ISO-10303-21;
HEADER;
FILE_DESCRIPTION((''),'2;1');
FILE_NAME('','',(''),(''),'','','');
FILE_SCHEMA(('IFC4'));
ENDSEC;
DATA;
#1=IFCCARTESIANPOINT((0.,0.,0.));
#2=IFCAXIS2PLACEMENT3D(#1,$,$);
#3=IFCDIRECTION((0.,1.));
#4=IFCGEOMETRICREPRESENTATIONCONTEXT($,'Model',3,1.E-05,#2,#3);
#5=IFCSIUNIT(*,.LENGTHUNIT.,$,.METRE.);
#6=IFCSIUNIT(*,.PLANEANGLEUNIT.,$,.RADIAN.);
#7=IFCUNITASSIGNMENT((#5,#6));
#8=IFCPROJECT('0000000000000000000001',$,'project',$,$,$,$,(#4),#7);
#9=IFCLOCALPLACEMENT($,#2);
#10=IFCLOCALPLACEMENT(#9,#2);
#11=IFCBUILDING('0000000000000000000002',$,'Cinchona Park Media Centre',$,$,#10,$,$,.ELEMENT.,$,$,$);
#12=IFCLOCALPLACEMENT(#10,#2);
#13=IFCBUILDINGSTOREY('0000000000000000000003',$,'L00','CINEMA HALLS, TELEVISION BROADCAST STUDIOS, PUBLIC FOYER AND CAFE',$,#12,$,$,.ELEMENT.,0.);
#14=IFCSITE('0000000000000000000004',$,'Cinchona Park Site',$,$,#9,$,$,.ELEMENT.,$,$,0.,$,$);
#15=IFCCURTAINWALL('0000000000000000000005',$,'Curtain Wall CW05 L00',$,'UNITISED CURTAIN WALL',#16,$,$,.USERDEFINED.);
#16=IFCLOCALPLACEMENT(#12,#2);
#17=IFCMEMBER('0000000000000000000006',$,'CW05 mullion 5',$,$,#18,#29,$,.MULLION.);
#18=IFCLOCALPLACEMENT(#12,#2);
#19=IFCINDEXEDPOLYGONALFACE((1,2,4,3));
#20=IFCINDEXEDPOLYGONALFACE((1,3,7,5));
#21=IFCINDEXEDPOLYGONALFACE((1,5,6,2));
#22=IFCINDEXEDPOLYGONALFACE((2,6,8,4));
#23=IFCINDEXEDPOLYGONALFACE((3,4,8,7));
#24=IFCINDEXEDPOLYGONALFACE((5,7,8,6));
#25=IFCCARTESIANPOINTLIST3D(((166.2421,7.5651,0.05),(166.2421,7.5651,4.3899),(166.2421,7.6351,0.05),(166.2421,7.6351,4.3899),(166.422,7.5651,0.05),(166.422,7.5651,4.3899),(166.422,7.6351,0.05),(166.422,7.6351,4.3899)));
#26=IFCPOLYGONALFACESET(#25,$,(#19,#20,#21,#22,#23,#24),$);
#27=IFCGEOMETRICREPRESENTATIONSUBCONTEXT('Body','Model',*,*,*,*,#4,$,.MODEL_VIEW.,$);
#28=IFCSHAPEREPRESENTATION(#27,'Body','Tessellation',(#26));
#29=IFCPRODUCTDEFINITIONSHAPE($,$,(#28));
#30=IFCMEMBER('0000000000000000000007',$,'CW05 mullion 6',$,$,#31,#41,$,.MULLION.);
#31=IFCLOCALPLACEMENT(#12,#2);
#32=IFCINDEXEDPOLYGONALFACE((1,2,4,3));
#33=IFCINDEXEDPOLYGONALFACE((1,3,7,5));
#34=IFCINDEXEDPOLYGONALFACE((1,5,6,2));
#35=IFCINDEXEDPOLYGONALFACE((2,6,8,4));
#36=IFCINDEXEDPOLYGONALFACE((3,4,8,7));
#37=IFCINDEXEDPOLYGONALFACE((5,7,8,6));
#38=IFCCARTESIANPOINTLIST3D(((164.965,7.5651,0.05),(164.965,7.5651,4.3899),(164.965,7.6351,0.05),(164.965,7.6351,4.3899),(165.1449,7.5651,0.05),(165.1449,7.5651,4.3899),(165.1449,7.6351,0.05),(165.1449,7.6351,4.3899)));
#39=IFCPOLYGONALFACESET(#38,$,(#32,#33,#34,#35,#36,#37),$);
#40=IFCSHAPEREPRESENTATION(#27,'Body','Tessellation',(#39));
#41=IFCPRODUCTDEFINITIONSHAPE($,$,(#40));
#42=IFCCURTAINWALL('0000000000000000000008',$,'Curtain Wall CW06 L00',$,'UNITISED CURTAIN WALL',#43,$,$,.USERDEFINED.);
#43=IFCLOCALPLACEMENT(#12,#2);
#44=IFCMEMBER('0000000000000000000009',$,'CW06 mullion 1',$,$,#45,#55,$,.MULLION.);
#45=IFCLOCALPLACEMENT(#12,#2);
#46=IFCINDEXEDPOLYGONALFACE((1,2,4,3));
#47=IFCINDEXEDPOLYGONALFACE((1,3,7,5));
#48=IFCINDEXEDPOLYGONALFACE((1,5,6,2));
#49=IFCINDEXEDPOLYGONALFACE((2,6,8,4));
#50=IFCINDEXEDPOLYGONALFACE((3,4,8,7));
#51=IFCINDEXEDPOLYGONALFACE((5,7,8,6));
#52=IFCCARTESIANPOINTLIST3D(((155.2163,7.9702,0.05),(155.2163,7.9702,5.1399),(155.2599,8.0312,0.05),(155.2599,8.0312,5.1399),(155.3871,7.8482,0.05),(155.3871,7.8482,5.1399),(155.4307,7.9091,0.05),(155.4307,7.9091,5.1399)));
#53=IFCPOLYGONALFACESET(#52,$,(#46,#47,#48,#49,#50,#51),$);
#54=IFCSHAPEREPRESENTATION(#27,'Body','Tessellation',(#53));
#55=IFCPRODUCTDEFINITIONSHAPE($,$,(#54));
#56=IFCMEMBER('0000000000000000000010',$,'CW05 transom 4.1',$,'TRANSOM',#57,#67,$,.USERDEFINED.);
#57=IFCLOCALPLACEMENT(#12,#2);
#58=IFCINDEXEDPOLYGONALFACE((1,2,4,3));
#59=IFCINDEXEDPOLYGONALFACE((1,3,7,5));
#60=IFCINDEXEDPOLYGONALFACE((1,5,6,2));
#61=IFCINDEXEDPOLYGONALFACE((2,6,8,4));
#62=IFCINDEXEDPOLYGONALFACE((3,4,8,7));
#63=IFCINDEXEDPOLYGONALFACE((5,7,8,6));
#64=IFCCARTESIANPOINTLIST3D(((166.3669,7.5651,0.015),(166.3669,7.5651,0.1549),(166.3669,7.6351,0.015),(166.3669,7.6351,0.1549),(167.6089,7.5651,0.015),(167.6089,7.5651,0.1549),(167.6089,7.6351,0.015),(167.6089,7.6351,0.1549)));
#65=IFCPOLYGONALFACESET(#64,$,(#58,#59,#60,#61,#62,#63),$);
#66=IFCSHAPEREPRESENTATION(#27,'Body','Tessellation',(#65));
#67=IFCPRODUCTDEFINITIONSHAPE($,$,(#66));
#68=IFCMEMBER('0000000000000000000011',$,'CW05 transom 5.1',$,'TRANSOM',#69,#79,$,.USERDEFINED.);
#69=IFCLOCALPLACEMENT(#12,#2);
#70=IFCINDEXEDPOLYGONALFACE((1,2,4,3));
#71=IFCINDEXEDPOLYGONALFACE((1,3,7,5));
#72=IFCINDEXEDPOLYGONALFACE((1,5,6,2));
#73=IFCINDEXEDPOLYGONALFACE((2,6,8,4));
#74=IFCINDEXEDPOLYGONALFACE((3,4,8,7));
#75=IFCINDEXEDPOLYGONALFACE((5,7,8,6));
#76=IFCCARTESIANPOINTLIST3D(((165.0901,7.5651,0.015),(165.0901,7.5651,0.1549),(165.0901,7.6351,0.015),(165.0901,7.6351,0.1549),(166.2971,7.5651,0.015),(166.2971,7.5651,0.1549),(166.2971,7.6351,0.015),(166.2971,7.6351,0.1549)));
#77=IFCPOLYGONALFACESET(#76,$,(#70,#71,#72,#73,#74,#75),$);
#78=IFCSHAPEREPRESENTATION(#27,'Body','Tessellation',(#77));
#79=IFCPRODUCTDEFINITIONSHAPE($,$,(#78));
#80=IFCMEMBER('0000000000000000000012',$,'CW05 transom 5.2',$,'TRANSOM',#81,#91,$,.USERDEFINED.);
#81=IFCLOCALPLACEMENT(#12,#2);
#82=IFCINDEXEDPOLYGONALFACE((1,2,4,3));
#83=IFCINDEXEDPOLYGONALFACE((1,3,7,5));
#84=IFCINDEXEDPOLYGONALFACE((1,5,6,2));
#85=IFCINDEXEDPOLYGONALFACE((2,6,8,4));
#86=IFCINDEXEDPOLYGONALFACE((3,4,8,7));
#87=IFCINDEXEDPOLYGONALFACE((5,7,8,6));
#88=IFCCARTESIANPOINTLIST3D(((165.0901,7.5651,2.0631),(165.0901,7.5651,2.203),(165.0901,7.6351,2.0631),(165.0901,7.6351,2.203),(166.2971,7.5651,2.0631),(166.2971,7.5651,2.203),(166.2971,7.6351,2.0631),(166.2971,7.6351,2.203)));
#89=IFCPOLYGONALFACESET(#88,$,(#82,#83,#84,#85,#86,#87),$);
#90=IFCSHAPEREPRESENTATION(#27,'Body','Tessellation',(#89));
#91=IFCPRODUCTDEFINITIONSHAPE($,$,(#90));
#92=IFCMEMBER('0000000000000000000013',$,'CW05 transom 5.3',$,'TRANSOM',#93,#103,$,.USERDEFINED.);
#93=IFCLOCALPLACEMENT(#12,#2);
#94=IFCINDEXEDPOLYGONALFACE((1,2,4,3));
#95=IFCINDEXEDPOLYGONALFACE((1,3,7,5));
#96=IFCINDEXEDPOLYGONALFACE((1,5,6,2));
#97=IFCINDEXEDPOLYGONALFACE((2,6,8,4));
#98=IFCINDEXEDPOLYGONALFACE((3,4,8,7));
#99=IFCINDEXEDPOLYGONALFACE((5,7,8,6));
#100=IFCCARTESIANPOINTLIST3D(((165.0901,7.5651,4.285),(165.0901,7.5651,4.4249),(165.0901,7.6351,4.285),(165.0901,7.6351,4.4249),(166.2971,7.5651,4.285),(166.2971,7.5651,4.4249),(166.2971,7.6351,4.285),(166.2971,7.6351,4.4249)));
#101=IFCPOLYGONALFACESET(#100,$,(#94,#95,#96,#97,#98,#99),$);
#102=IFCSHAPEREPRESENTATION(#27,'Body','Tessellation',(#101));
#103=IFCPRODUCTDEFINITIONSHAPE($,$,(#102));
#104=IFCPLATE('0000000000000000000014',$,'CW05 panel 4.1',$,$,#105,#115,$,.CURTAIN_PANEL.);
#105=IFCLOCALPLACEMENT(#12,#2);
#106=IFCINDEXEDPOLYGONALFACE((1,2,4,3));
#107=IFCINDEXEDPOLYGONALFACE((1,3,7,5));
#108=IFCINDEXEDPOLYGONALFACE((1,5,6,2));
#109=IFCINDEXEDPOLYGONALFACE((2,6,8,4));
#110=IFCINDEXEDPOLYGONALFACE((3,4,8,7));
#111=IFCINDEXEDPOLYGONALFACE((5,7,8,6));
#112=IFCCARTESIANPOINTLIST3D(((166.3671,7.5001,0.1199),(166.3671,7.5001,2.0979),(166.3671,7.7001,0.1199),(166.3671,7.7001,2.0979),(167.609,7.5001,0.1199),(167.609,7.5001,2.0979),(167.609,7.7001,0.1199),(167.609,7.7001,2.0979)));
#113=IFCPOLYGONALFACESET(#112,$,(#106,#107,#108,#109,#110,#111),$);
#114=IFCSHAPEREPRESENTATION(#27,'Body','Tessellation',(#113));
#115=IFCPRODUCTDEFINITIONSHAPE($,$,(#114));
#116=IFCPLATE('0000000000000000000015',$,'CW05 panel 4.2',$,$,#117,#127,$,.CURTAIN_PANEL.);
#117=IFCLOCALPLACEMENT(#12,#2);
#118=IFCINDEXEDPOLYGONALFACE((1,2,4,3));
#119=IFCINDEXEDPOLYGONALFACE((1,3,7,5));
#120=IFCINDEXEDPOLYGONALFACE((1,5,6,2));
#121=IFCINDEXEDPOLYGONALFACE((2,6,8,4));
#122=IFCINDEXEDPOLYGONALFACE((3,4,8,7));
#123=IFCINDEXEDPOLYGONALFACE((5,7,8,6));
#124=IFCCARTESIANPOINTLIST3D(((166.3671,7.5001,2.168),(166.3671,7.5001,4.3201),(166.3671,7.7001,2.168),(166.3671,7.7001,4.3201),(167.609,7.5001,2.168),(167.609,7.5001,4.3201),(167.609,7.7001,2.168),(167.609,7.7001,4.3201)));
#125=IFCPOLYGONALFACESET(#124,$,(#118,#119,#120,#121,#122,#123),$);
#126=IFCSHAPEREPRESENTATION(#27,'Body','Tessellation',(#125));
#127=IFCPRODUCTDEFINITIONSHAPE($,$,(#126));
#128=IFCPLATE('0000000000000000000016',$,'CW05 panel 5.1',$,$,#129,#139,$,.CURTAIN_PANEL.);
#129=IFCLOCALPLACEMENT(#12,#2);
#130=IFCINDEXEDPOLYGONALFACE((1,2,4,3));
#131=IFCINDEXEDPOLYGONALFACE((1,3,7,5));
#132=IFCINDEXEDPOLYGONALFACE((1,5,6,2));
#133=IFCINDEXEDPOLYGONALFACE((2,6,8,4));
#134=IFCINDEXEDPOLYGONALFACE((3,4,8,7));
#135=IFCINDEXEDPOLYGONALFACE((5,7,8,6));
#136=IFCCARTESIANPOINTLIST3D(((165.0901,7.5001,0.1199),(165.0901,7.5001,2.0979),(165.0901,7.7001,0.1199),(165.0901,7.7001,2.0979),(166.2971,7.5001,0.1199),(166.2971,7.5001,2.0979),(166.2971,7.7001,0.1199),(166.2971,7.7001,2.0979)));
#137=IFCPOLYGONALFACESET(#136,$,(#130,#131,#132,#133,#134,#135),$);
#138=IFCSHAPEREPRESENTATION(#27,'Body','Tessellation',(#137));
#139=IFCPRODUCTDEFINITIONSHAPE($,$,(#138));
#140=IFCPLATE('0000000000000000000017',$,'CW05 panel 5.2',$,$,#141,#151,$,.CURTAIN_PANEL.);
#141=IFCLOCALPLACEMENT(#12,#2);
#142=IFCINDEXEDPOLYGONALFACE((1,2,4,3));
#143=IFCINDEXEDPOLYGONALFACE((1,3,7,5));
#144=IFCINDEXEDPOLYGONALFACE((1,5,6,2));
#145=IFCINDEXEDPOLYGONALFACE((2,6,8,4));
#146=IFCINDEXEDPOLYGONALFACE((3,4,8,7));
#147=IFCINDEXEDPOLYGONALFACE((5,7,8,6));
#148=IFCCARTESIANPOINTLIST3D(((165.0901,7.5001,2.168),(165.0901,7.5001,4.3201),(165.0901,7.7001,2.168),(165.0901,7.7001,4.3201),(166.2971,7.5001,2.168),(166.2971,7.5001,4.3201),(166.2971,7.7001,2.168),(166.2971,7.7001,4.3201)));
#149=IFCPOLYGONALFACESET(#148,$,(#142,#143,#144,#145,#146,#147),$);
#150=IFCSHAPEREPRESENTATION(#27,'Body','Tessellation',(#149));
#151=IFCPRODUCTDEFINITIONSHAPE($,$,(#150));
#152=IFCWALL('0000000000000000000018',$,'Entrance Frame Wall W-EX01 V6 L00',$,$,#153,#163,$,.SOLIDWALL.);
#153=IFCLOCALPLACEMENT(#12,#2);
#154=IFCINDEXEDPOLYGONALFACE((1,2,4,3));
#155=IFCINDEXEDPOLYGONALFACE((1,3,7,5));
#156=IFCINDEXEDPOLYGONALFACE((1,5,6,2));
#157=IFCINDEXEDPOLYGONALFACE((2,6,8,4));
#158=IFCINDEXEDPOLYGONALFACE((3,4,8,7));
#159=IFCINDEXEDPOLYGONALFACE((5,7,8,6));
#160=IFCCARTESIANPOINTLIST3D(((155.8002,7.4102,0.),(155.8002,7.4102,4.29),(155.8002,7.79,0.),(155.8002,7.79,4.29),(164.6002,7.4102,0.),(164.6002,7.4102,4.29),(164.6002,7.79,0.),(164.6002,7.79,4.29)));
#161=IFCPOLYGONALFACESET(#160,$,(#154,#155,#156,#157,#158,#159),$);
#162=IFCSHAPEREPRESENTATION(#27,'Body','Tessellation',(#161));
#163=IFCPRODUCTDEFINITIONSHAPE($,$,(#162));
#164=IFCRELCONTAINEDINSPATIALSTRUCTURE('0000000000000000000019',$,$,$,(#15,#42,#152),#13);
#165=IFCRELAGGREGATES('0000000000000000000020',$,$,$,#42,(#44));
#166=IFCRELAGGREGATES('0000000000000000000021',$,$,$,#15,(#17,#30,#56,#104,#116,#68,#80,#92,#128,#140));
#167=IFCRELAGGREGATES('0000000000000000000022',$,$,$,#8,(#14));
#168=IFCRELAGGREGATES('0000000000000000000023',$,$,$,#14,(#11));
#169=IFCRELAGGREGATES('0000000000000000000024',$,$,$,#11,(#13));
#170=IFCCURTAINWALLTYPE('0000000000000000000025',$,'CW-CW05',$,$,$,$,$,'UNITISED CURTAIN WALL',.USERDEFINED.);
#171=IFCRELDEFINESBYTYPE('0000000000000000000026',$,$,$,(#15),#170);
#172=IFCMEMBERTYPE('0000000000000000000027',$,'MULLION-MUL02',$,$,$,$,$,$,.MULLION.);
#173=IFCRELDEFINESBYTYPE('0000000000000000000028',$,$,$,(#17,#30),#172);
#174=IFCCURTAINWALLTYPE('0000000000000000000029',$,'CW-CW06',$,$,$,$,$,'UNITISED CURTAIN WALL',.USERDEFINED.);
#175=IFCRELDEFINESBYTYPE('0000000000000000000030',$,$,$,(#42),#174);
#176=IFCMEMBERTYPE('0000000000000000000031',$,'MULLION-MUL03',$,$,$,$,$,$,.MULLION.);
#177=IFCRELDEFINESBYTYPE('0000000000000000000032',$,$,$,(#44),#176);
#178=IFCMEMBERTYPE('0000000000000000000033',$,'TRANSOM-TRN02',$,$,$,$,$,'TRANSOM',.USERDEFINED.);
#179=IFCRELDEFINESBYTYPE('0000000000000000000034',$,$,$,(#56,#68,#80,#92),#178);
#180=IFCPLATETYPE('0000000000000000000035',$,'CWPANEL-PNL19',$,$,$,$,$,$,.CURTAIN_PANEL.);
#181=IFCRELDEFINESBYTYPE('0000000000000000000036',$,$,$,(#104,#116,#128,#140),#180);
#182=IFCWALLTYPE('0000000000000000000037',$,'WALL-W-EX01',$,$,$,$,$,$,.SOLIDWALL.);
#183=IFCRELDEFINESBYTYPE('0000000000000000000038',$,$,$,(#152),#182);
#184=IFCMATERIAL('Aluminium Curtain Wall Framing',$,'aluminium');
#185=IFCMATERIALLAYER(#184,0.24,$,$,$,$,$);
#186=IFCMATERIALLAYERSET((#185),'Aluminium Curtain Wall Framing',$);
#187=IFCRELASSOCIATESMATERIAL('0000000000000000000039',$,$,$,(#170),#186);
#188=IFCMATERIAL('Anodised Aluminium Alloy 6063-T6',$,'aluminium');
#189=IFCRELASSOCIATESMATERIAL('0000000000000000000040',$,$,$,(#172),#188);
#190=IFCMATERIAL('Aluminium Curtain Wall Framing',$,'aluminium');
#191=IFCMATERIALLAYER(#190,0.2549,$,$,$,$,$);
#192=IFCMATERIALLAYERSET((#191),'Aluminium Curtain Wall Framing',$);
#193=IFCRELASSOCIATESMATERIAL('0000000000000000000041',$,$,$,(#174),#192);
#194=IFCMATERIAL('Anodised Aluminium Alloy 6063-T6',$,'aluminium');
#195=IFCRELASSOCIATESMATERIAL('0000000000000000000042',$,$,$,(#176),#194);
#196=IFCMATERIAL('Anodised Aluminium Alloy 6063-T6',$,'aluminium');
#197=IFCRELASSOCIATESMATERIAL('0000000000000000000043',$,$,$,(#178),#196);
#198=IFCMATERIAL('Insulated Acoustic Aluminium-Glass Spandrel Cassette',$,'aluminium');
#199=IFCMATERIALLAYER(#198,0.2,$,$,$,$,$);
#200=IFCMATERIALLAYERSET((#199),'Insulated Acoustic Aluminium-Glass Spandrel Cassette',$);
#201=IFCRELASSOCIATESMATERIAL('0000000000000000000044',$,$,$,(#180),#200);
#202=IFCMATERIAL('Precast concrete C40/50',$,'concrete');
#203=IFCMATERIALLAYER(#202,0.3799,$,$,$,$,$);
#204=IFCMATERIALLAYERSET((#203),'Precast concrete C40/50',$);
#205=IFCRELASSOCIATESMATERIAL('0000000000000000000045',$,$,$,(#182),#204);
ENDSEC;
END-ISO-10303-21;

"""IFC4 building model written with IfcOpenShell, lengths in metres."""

from ifc_helpers import new_model, si_unit, direction, frame, frame_2d, origin, origin_2d, place, context, subcontext, project, spatial, rectangle, extrude, material, layer, layer_set, material_profile, profile_set, type_object, element, aggregate, save


model = new_model("IFC4")

# Units and contexts
model_context = context("Model", 3, precision=1e-05, world=origin(), true_north=direction((0.0, 1.0)))
body_context = subcontext(model_context, "Body", "Model", "MODEL_VIEW")
ifc_project = project(units=[si_unit("LENGTHUNIT", "METRE"), si_unit("PLANEANGLEUNIT", "RADIAN")], contexts=[model_context])

# Site, building, storey
site_placement = place(None, origin())
site = spatial("IfcSite", under=ifc_project, at=site_placement, Name="Cinchona Park Site", CompositionType="ELEMENT", RefElevation=0.0)
building_placement = place(site_placement, origin())
building = spatial("IfcBuilding", under=site, at=building_placement, Name="Cinchona Park Media Centre", CompositionType="ELEMENT")
storey_placement = place(building_placement, origin())
storey = spatial("IfcBuildingStorey", under=building, at=storey_placement, Name="L00", Description="CINEMA HALLS, TELEVISION BROADCAST STUDIOS, PUBLIC FOYER AND CAFE", CompositionType="ELEMENT", Elevation=0.0)

# Curtain wall, members
ifc_material_1 = material(Name="Aluminium Curtain Wall Framing", Category="aluminium")
ifc_layer_1 = layer(ifc_material_1, 0.24)
ifc_layer_set_1 = layer_set([ifc_layer_1], Name="Aluminium Curtain Wall Framing")
curtain_wall_type_1 = type_object("IfcCurtainWallType", Name="CW-CW05", ElementType="UNITISED CURTAIN WALL", PredefinedType="USERDEFINED", material=ifc_layer_set_1)
curtain_wall_1_placement = place(storey_placement, origin())
curtain_wall_1 = element("IfcCurtainWall", 1, at=curtain_wall_1_placement, inside=storey, type_object=curtain_wall_type_1, Name="Curtain Wall CW05 L00", ObjectType="UNITISED CURTAIN WALL", PredefinedType="USERDEFINED")
ifc_material_2 = material(Name="Anodised Aluminium Alloy 6063-T6", Category="aluminium")
ifc_material_profile_1 = material_profile(ifc_material_2, rectangle(XDim=0.0701, YDim=0.1799, at=origin_2d()), Name="MUL-70X180")
ifc_profile_set_1 = profile_set([ifc_material_profile_1], Name="Anodised Aluminium Alloy 6063-T6")
member_type_1 = type_object("IfcMemberType", Name="MULLION-MUL02", PredefinedType="MULLION", material=ifc_profile_set_1)
member_1_placement = place(storey_placement, frame((166.332, 7.6001, 0.05), z_axis=(0.0, 0.0, 1.0), x_axis=(0.0, -1.0, 0.0)))
member_1 = element("IfcMember", 2, at=member_1_placement, type_object=member_type_1, Name="CW05 mullion 5", PredefinedType="MULLION", context=body_context, shape_type="SweptSolid", body=[
    extrude(rectangle(XDim=0.0701, YDim=0.1799, at=origin_2d()), origin(), (0.0, 0.0, 1.0), 4.3398),
])
member_2_placement = place(storey_placement, frame((165.0549, 7.6001, 0.05), z_axis=(0.0, 0.0, 1.0), x_axis=(0.0, -1.0, 0.0)))
member_2 = element("IfcMember", 3, at=member_2_placement, type_object=member_type_1, Name="CW05 mullion 6", PredefinedType="MULLION", context=body_context, shape_type="SweptSolid", body=[
    extrude(rectangle(XDim=0.0701, YDim=0.1799, at=origin_2d()), origin(), (0.0, 0.0, 1.0), 4.3398),
])

# Curtain wall, member
ifc_material_3 = material(Name="Aluminium Curtain Wall Framing", Category="aluminium")
ifc_layer_2 = layer(ifc_material_3, 0.2549)
ifc_layer_set_2 = layer_set([ifc_layer_2], Name="Aluminium Curtain Wall Framing")
curtain_wall_type_2 = type_object("IfcCurtainWallType", Name="CW-CW06", ElementType="UNITISED CURTAIN WALL", PredefinedType="USERDEFINED", material=ifc_layer_set_2)
curtain_wall_2_placement = place(storey_placement, origin())
curtain_wall_2 = element("IfcCurtainWall", 4, at=curtain_wall_2_placement, inside=storey, type_object=curtain_wall_type_2, Name="Curtain Wall CW06 L00", ObjectType="UNITISED CURTAIN WALL", PredefinedType="USERDEFINED")
ifc_material_4 = material(Name="Anodised Aluminium Alloy 6063-T6", Category="aluminium")
ifc_material_profile_2 = material_profile(ifc_material_4, rectangle(XDim=0.075, YDim=0.21, at=origin_2d()), Name="MUL-75X210")
ifc_profile_set_2 = profile_set([ifc_material_profile_2], Name="Anodised Aluminium Alloy 6063-T6")
member_type_2 = type_object("IfcMemberType", Name="MULLION-MUL03", PredefinedType="MULLION", material=ifc_profile_set_2)
member_3_placement = place(storey_placement, frame((155.3235, 7.9397, 0.05), z_axis=(0.0, 0.0, 1.0), x_axis=(-0.581424, -0.813601, 0.0)))
member_3 = element("IfcMember", 5, at=member_3_placement, type_object=member_type_2, Name="CW06 mullion 1", PredefinedType="MULLION", context=body_context, shape_type="SweptSolid", body=[
    extrude(rectangle(XDim=0.075, YDim=0.21, at=origin_2d()), origin(), (0.0, 0.0, 1.0), 5.0898),
])
aggregate(curtain_wall_2, [member_3])

# Members
ifc_material_5 = material(Name="Anodised Aluminium Alloy 6063-T6", Category="aluminium")
ifc_material_profile_3 = material_profile(ifc_material_5, rectangle(XDim=0.0701, YDim=0.1399, at=origin_2d()), Name="TRN-70X140")
ifc_profile_set_3 = profile_set([ifc_material_profile_3], Name="Anodised Aluminium Alloy 6063-T6")
member_type_3 = type_object("IfcMemberType", Name="TRANSOM-TRN02", ElementType="TRANSOM", PredefinedType="USERDEFINED", material=ifc_profile_set_3)
member_4_placement = place(storey_placement, frame((167.6089, 7.6001, 0.085), z_axis=(-1.0, 0.0, 0.0), x_axis=(0.0, -1.0, 0.0)))
member_4 = element("IfcMember", 6, at=member_4_placement, type_object=member_type_3, Name="CW05 transom 4.1", ObjectType="TRANSOM", PredefinedType="USERDEFINED", context=body_context, shape_type="SweptSolid", body=[
    extrude(rectangle(XDim=0.0701, YDim=0.1399, at=origin_2d()), origin(), (0.0, 0.0, 1.0), 1.2419),
])
member_5_placement = place(storey_placement, frame((166.2971, 7.6001, 0.085), z_axis=(-1.0, 0.0, 0.0), x_axis=(0.0, -1.0, 0.0)))
member_5 = element("IfcMember", 7, at=member_5_placement, type_object=member_type_3, Name="CW05 transom 5.1", ObjectType="TRANSOM", PredefinedType="USERDEFINED", context=body_context, shape_type="SweptSolid", body=[
    extrude(rectangle(XDim=0.0701, YDim=0.1399, at=origin_2d()), origin(), (0.0, 0.0, 1.0), 1.207),
])
member_6_placement = place(storey_placement, frame((166.2971, 7.6001, 2.1331), z_axis=(-1.0, 0.0, 0.0), x_axis=(0.0, -1.0, 0.0)))
member_6 = element("IfcMember", 8, at=member_6_placement, type_object=member_type_3, Name="CW05 transom 5.2", ObjectType="TRANSOM", PredefinedType="USERDEFINED", context=body_context, shape_type="SweptSolid", body=[
    extrude(rectangle(XDim=0.0701, YDim=0.1399, at=origin_2d()), origin(), (0.0, 0.0, 1.0), 1.207),
])
member_7_placement = place(storey_placement, frame((166.2971, 7.6001, 4.355), z_axis=(-1.0, 0.0, 0.0), x_axis=(0.0, -1.0, 0.0)))
member_7 = element("IfcMember", 9, at=member_7_placement, type_object=member_type_3, Name="CW05 transom 5.3", ObjectType="TRANSOM", PredefinedType="USERDEFINED", context=body_context, shape_type="SweptSolid", body=[
    extrude(rectangle(XDim=0.0701, YDim=0.1399, at=origin_2d()), origin(), (0.0, 0.0, 1.0), 1.207),
])

# Plates
ifc_material_6 = material(Name="Insulated Acoustic Aluminium-Glass Spandrel Cassette", Category="aluminium")
ifc_layer_3 = layer(ifc_material_6, 0.2)
ifc_layer_set_3 = layer_set([ifc_layer_3], Name="Insulated Acoustic Aluminium-Glass Spandrel Cassette")
plate_type = type_object("IfcPlateType", Name="CWPANEL-PNL19", PredefinedType="CURTAIN_PANEL", material=ifc_layer_set_3)
plate_1_placement = place(storey_placement, frame((166.988, 7.6001, 0.1199), z_axis=(0.0, 0.0, 1.0), x_axis=(-1.0, 0.0, 0.0)))
plate_1 = element("IfcPlate", 10, at=plate_1_placement, type_object=plate_type, Name="CW05 panel 4.1", PredefinedType="CURTAIN_PANEL", context=body_context, shape_type="SweptSolid", body=[
    extrude(rectangle(XDim=1.2419, YDim=0.2, at=origin_2d()), origin(), (0.0, 0.0, 1.0), 1.978),
])
plate_2_placement = place(storey_placement, frame((166.988, 7.6001, 2.168), z_axis=(0.0, 0.0, 1.0), x_axis=(-1.0, 0.0, 0.0)))
plate_2 = element("IfcPlate", 11, at=plate_2_placement, type_object=plate_type, Name="CW05 panel 4.2", PredefinedType="CURTAIN_PANEL", context=body_context, shape_type="SweptSolid", body=[
    extrude(rectangle(XDim=1.2419, YDim=0.2, at=origin_2d()), origin(), (0.0, 0.0, 1.0), 2.1521),
])
plate_3_placement = place(storey_placement, frame((165.6936, 7.6001, 0.1199), z_axis=(0.0, 0.0, 1.0), x_axis=(-1.0, 0.0, 0.0)))
plate_3 = element("IfcPlate", 12, at=plate_3_placement, type_object=plate_type, Name="CW05 panel 5.1", PredefinedType="CURTAIN_PANEL", context=body_context, shape_type="SweptSolid", body=[
    extrude(rectangle(XDim=1.207, YDim=0.2, at=origin_2d()), origin(), (0.0, 0.0, 1.0), 1.978),
])
plate_4_placement = place(storey_placement, frame((165.6936, 7.6001, 2.168), z_axis=(0.0, 0.0, 1.0), x_axis=(-1.0, 0.0, 0.0)))
plate_4 = element("IfcPlate", 13, at=plate_4_placement, type_object=plate_type, Name="CW05 panel 5.2", PredefinedType="CURTAIN_PANEL", context=body_context, shape_type="SweptSolid", body=[
    extrude(rectangle(XDim=1.207, YDim=0.2, at=origin_2d()), origin(), (0.0, 0.0, 1.0), 2.1521),
])
aggregate(curtain_wall_1, [member_1, member_2, member_4, plate_1, plate_2, member_5, member_6, member_7, plate_3, plate_4])

# Wall
ifc_material_7 = material(Name="Precast concrete C40/50", Category="concrete")
ifc_layer_4 = layer(ifc_material_7, 0.3799)
ifc_layer_set_4 = layer_set([ifc_layer_4], Name="Precast concrete C40/50")
wall_type_1 = type_object("IfcWallType", Name="WALL-W-EX01", PredefinedType="SOLIDWALL", material=ifc_layer_set_4)
wall_1_placement = place(storey_placement, frame((164.6001, 7.6001, 0.0), z_axis=(0.0, 0.0, 1.0), x_axis=(-1.0, 0.0, 0.0)))
element("IfcWall", 14, at=wall_1_placement, inside=storey, type_object=wall_type_1, Name="Entrance Frame Wall W-EX01 V6 L00", PredefinedType="SOLIDWALL", context=body_context, shape_type="SweptSolid", body=[
    extrude(rectangle(XDim=8.8, YDim=0.3799, at=frame_2d((4.3999, 0.0))), origin(), (0.0, 0.0, 1.0), 4.29),
])

save(model, "model.ifc")
